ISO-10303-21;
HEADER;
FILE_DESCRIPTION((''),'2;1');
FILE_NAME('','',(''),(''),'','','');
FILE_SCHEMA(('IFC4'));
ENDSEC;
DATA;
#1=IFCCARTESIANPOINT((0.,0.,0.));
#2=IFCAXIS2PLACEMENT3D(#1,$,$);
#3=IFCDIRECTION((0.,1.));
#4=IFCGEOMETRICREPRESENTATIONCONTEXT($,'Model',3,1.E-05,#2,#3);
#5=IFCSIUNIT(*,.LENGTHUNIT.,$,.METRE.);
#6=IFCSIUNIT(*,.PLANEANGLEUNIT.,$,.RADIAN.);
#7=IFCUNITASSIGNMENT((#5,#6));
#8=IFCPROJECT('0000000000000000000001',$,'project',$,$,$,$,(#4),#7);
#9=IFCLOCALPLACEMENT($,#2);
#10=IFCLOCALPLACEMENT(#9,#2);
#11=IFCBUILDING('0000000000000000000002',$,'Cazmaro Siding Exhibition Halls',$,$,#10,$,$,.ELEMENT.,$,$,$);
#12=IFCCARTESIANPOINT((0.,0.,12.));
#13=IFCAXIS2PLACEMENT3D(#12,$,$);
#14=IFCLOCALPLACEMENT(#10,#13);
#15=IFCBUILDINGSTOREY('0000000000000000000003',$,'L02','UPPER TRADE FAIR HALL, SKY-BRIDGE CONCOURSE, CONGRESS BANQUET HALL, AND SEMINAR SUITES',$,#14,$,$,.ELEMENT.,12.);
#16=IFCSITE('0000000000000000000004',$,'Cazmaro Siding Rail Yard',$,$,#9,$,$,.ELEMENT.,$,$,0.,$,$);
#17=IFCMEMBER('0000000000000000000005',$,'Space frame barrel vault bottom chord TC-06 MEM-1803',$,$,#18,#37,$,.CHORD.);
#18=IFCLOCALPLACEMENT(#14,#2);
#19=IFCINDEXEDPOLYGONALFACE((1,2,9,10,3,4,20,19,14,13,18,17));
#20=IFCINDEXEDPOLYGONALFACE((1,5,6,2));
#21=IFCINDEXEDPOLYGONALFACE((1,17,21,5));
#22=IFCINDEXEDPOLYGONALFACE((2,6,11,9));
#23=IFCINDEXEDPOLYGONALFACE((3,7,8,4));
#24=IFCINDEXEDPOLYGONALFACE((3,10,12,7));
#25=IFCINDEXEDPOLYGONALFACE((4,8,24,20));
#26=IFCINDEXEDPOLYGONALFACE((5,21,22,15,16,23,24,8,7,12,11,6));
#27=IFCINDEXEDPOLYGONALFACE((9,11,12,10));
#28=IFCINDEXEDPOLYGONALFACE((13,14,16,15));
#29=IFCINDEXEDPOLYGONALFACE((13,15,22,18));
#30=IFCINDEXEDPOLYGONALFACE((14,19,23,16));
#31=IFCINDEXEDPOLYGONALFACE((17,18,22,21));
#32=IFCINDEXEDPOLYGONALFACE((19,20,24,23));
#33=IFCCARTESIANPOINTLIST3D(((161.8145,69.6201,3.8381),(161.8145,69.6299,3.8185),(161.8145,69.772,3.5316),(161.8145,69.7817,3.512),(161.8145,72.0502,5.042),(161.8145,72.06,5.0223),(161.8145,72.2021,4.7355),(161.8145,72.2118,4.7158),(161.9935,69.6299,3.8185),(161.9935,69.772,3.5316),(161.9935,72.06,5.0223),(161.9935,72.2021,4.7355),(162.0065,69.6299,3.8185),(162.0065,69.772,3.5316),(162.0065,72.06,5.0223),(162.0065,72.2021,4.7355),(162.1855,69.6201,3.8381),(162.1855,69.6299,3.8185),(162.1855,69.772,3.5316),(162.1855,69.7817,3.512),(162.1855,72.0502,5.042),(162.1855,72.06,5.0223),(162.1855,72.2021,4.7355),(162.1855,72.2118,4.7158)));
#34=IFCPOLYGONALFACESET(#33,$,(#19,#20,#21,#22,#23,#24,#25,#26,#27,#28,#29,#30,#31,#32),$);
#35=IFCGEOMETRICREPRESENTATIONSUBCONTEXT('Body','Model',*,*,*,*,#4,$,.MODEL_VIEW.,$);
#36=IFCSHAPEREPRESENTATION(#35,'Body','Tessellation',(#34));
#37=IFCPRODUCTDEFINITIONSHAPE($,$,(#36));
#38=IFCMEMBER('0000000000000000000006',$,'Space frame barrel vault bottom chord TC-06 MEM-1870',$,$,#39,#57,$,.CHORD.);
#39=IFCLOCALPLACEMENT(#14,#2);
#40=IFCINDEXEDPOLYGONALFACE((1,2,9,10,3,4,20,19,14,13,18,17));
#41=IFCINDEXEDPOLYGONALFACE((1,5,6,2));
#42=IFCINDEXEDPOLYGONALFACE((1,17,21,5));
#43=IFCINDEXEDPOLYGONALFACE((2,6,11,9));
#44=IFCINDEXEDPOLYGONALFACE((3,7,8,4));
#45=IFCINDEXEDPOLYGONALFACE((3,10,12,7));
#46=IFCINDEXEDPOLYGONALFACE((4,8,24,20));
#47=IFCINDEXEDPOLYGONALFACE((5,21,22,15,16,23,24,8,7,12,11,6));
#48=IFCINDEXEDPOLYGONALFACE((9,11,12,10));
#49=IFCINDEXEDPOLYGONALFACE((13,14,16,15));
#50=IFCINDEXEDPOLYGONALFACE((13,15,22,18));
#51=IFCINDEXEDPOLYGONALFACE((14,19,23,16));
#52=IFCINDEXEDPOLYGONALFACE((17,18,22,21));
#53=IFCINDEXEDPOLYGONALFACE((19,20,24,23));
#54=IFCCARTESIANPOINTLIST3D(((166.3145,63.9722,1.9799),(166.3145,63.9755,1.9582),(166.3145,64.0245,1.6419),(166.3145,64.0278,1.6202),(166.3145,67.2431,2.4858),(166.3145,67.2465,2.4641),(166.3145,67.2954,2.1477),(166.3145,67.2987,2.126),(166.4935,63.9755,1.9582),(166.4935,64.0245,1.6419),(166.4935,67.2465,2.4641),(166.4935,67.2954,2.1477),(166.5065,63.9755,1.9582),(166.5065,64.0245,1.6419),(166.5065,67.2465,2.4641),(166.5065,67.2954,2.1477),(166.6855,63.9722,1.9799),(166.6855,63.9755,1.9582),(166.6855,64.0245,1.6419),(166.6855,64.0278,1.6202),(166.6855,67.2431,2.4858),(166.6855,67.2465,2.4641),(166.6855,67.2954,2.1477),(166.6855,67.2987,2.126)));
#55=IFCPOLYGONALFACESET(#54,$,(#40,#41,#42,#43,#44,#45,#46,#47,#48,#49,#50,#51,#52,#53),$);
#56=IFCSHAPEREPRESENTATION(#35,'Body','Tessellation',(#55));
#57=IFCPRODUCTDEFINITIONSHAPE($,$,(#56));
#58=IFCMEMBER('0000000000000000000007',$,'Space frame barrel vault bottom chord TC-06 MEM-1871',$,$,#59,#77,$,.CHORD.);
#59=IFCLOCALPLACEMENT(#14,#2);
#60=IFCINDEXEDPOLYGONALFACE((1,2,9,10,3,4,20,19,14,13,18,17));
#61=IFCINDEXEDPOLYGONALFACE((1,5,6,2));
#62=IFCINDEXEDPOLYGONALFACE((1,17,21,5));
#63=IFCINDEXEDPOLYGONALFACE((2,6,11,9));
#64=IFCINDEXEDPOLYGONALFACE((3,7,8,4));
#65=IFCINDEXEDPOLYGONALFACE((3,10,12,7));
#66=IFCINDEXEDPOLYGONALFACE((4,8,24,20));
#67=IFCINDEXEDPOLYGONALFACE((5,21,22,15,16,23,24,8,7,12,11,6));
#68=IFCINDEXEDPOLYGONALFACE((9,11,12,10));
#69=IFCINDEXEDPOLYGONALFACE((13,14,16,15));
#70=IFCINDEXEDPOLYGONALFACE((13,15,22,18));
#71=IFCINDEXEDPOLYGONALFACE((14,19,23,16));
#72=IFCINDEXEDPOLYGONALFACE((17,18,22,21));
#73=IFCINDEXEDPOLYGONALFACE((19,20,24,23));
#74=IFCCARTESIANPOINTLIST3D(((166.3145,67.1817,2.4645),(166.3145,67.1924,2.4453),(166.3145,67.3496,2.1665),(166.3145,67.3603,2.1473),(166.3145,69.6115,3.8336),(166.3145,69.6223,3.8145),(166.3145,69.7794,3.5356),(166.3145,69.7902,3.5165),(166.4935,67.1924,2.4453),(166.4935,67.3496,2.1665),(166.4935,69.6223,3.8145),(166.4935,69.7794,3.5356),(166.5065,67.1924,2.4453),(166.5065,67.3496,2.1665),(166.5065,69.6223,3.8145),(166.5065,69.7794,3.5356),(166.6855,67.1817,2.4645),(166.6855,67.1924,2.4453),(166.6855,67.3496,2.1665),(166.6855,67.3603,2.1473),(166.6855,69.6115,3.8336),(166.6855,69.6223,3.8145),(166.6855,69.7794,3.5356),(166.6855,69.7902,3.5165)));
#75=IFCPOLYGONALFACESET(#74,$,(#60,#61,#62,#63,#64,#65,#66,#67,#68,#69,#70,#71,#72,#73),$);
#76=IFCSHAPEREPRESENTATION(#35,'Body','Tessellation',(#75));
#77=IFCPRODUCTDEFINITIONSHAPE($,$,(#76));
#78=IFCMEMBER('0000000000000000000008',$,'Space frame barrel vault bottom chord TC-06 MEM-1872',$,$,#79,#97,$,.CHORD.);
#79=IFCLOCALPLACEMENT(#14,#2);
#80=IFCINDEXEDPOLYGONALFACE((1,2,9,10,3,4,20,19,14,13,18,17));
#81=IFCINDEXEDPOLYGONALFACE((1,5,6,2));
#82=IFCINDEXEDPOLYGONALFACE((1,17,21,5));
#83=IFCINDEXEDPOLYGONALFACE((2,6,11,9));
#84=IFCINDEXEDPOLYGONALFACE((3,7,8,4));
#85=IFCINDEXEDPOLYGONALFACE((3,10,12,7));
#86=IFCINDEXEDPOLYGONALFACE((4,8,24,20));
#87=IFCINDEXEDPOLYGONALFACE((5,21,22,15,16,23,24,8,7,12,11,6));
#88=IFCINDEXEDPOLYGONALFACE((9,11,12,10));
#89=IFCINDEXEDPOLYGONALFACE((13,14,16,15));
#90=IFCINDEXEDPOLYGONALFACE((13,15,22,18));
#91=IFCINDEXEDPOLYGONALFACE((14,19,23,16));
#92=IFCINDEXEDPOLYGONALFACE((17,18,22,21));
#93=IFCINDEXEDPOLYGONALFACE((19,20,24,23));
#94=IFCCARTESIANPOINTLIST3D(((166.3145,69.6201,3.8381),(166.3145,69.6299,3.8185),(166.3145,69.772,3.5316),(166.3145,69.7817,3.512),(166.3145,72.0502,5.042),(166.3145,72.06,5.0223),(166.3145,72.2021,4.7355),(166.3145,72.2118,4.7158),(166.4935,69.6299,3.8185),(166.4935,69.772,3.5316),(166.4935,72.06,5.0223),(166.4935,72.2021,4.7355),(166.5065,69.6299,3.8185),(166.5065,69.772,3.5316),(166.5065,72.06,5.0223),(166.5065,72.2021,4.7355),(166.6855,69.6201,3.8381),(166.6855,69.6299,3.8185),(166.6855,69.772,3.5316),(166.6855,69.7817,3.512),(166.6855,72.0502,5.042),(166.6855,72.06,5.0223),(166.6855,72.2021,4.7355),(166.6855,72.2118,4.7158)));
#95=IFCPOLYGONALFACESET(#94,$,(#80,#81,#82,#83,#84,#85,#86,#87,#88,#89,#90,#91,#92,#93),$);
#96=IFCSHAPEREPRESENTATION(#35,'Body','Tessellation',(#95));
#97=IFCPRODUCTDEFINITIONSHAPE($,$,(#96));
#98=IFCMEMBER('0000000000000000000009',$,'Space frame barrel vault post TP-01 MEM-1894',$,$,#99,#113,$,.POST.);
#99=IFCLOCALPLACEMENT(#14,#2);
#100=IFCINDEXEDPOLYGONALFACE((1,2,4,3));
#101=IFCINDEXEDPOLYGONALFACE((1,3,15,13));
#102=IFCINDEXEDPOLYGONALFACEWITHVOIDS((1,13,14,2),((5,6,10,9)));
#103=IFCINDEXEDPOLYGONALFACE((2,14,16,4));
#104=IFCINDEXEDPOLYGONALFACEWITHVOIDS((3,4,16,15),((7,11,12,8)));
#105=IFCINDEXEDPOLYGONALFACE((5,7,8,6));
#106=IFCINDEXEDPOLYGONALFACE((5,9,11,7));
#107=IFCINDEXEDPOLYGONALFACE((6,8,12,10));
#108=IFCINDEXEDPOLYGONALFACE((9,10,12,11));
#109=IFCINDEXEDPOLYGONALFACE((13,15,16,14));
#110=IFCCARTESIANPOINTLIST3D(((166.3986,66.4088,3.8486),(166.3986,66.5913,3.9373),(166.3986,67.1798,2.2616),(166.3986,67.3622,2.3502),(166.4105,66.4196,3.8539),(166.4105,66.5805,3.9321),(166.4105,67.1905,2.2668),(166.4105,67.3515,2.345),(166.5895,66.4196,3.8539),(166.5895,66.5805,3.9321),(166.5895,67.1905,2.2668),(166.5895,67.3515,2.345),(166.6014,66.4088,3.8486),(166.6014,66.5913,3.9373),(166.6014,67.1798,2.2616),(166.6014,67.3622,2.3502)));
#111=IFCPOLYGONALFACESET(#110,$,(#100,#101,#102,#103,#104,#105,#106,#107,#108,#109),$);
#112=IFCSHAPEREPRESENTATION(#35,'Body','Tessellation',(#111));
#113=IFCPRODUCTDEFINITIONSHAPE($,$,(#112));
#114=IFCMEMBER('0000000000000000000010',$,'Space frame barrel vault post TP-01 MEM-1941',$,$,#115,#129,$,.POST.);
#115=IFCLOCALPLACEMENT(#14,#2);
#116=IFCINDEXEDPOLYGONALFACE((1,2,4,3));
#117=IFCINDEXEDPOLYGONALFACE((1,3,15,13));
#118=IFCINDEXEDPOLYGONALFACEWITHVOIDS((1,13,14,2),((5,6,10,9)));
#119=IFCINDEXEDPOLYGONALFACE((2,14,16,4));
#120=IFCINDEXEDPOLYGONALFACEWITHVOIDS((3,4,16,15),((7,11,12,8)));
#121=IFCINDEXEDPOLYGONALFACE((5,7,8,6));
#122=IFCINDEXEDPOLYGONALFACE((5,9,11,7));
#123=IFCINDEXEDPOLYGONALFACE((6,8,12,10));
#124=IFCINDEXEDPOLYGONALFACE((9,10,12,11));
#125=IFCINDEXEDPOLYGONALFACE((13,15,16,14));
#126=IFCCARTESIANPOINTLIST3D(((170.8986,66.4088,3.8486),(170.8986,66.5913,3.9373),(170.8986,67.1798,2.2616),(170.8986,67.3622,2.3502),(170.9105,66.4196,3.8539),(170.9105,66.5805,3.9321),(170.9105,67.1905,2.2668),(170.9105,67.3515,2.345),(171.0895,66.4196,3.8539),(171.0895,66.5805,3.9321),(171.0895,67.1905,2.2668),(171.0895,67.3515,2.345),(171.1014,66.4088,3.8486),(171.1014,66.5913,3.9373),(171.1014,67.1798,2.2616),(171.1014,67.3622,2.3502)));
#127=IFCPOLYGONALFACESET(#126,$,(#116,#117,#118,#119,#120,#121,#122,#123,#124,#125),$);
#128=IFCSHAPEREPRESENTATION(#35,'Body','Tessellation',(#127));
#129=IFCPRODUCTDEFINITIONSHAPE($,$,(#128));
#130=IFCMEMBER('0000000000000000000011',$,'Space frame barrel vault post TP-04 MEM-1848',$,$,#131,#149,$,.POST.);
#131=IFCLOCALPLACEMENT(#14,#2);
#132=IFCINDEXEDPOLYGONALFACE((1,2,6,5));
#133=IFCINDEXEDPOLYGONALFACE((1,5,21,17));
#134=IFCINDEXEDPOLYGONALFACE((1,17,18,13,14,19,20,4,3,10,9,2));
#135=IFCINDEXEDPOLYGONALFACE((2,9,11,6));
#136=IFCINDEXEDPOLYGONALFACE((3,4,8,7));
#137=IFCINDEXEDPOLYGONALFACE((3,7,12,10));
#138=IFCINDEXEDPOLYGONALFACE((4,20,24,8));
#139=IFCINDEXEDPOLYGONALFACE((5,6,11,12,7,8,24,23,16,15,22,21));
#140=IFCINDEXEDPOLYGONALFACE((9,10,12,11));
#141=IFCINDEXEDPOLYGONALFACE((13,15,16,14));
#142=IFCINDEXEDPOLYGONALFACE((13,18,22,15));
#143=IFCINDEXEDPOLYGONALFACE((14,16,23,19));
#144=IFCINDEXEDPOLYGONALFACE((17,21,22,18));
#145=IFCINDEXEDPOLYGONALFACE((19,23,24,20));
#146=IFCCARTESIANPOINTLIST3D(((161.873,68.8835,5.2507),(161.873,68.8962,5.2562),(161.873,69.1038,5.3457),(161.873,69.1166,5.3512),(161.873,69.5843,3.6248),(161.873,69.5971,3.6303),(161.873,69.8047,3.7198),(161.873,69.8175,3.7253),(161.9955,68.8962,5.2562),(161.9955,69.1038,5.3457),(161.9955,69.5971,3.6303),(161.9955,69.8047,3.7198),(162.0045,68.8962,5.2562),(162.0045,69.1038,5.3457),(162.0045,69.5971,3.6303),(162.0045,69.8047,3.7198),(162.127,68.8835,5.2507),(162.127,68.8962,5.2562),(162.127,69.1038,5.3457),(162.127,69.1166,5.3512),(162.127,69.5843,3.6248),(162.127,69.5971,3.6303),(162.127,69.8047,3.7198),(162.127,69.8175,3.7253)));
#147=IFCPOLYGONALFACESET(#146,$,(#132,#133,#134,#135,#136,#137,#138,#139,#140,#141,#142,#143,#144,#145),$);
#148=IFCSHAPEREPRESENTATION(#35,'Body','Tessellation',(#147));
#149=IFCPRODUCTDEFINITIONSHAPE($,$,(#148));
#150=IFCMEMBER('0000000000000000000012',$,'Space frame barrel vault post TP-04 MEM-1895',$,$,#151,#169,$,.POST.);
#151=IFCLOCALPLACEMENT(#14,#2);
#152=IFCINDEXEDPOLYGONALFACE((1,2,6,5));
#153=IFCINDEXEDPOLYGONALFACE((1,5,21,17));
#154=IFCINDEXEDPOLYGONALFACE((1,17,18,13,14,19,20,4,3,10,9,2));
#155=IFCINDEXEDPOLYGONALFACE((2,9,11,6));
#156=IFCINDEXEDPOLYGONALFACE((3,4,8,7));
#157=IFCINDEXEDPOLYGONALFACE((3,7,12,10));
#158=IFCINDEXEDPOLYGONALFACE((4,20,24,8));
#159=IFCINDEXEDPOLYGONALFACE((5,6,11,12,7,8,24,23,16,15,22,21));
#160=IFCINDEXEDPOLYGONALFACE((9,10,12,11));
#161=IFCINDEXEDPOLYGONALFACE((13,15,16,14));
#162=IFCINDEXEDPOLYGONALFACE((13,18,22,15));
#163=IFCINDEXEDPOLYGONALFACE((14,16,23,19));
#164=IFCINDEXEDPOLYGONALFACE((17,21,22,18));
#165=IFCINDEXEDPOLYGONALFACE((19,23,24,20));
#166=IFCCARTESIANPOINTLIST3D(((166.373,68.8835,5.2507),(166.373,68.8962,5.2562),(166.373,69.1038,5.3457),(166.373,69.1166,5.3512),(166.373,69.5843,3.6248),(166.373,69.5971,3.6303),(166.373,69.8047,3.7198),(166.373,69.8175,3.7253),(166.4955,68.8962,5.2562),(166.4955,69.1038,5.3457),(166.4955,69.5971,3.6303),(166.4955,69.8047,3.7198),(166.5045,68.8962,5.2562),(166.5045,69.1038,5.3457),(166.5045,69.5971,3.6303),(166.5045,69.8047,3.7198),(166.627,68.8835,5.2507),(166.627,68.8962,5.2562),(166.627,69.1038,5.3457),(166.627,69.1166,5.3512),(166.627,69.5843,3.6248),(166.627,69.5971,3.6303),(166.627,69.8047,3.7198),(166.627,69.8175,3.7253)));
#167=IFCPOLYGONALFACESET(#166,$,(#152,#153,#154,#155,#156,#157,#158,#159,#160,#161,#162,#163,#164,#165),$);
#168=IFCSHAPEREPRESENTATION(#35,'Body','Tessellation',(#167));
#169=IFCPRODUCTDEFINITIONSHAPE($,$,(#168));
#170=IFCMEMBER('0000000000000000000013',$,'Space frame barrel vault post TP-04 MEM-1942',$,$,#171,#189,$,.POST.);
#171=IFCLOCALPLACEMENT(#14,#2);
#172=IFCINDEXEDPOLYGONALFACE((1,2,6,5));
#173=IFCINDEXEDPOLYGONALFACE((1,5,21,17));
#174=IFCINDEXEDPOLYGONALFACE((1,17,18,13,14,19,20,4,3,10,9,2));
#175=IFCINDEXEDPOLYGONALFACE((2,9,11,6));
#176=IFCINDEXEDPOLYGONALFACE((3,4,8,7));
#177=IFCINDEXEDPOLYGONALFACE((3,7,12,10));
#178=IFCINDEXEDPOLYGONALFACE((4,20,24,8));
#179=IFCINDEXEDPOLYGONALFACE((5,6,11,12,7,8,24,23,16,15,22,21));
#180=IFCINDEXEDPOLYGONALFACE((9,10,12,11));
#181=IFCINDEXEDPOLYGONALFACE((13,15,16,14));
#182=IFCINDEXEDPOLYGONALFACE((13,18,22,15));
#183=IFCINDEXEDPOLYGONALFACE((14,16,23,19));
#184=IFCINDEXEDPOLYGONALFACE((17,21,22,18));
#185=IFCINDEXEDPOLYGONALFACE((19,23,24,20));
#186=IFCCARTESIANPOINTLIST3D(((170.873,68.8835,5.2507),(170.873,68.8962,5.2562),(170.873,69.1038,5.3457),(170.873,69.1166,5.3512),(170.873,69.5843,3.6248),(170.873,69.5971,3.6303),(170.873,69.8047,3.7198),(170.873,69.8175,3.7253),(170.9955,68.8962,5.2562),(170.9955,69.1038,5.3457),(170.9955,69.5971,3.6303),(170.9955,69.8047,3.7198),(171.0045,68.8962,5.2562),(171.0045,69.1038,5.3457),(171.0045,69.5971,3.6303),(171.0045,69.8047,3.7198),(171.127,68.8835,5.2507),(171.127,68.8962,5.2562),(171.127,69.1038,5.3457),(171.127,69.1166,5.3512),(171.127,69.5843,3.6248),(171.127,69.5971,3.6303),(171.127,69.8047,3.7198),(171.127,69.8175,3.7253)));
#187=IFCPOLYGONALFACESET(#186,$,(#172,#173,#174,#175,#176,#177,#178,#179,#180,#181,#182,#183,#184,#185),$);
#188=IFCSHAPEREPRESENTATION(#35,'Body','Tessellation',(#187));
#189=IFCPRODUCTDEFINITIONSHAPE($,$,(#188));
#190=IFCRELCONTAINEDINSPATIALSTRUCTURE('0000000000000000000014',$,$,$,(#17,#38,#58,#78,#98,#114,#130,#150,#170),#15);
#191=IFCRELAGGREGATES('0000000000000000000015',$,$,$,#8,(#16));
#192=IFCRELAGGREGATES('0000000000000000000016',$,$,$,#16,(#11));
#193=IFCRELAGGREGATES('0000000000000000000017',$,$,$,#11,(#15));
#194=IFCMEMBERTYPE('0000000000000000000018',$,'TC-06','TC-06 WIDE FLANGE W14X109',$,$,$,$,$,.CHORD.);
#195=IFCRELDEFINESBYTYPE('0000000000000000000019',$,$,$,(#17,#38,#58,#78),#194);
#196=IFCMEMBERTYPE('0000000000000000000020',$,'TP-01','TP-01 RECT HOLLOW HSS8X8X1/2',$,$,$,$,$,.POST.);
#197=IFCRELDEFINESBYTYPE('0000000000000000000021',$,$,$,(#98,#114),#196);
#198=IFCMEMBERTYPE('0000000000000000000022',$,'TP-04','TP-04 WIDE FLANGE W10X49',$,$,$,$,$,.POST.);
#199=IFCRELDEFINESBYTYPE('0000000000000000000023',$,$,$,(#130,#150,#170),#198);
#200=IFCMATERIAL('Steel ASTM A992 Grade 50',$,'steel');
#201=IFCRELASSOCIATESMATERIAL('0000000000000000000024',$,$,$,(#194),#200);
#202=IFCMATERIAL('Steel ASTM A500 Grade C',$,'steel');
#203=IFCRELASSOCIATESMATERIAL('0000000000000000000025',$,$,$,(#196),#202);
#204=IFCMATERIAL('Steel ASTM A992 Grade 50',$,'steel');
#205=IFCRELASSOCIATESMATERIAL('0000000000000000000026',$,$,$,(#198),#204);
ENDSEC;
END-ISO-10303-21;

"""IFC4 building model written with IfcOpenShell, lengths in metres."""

from ifc_helpers import new_model, si_unit, direction, frame, origin, origin_2d, place, context, subcontext, project, spatial, hollow_rectangle, i_section, extrude, material, material_profile, profile_set, type_object, element, save


model = new_model("IFC4")

# Units and contexts
model_context = context("Model", 3, precision=1e-05, world=origin(), true_north=direction((0.0, 1.0)))
body_context = subcontext(model_context, "Body", "Model", "MODEL_VIEW")
ifc_project = project(units=[si_unit("LENGTHUNIT", "METRE"), si_unit("PLANEANGLEUNIT", "RADIAN")], contexts=[model_context])

# Site, building, storey
site_placement = place(None, origin())
site = spatial("IfcSite", under=ifc_project, at=site_placement, Name="Cazmaro Siding Rail Yard", CompositionType="ELEMENT", RefElevation=0.0)
building_placement = place(site_placement, origin())
building = spatial("IfcBuilding", under=site, at=building_placement, Name="Cazmaro Siding Exhibition Halls", CompositionType="ELEMENT")
storey_placement = place(building_placement, frame((0.0, 0.0, 12.0)))
storey = spatial("IfcBuildingStorey", under=building, at=storey_placement, Name="L02", Description="UPPER TRADE FAIR HALL, SKY-BRIDGE CONCOURSE, CONGRESS BANQUET HALL, AND SEMINAR SUITES", CompositionType="ELEMENT", Elevation=12.0)

# Members
ifc_material_1 = material(Name="Steel ASTM A992 Grade 50", Category="steel")
ifc_material_profile_1 = material_profile(ifc_material_1, i_section(OverallWidth=0.3711, OverallDepth=0.364, WebThickness=0.0129, FlangeThickness=0.022, at=origin_2d()), Name="W14X109")
ifc_profile_set_1 = profile_set([ifc_material_profile_1], Name="Steel ASTM A992 Grade 50")
member_type_1 = type_object("IfcMemberType", Name="TC-06", Description="TC-06 WIDE FLANGE W14X109", PredefinedType="CHORD", material=ifc_profile_set_1)
member_1_placement = place(storey_placement, frame((162.0, 69.7009, 3.675), z_axis=(0.0, 0.896077, 0.443898), x_axis=(-1.0, 0.0, 0.0)))
element("IfcMember", 1, at=member_1_placement, inside=storey, type_object=member_type_1, Name="Space frame barrel vault bottom chord TC-06 MEM-1803", PredefinedType="CHORD", context=body_context, shape_type="SweptSolid", body=[
    extrude(i_section(OverallWidth=0.3711, OverallDepth=0.364, WebThickness=0.0129, FlangeThickness=0.022, at=origin_2d()), origin(), (0.0, 0.0, 1.0), 2.7119),
])
member_2_placement = place(storey_placement, frame((166.5, 64.0, 1.8), z_axis=(0.0, 0.988252, 0.152833), x_axis=(-1.0, 0.0, 0.0)))
element("IfcMember", 2, at=member_2_placement, inside=storey, type_object=member_type_1, Name="Space frame barrel vault bottom chord TC-06 MEM-1870", PredefinedType="CHORD", context=body_context, shape_type="SweptSolid", body=[
    extrude(i_section(OverallWidth=0.3711, OverallDepth=0.364, WebThickness=0.0129, FlangeThickness=0.022, at=origin_2d()), origin(), (0.0, 0.0, 1.0), 3.3098),
])
member_3_placement = place(storey_placement, frame((166.5, 67.271, 2.3059), z_axis=(0.0, 0.871222, 0.490889), x_axis=(-1.0, 0.0, 0.0)))
element("IfcMember", 3, at=member_3_placement, inside=storey, type_object=member_type_1, Name="Space frame barrel vault bottom chord TC-06 MEM-1871", PredefinedType="CHORD", context=body_context, shape_type="SweptSolid", body=[
    extrude(i_section(OverallWidth=0.3711, OverallDepth=0.364, WebThickness=0.0129, FlangeThickness=0.022, at=origin_2d()), origin(), (0.0, 0.0, 1.0), 2.7891),
])
member_4_placement = place(storey_placement, frame((166.5, 69.7009, 3.675), z_axis=(0.0, 0.896077, 0.443898), x_axis=(-1.0, 0.0, 0.0)))
element("IfcMember", 4, at=member_4_placement, inside=storey, type_object=member_type_1, Name="Space frame barrel vault bottom chord TC-06 MEM-1872", PredefinedType="CHORD", context=body_context, shape_type="SweptSolid", body=[
    extrude(i_section(OverallWidth=0.3711, OverallDepth=0.364, WebThickness=0.0129, FlangeThickness=0.022, at=origin_2d()), origin(), (0.0, 0.0, 1.0), 2.7119),
])
ifc_material_2 = material(Name="Steel ASTM A500 Grade C", Category="steel")
ifc_material_profile_2 = material_profile(ifc_material_2, hollow_rectangle(XDim=0.2029, YDim=0.2029, WallThickness=0.012, at=origin_2d()), Name="HSS8X8X1/2")
ifc_profile_set_2 = profile_set([ifc_material_profile_2], Name="Steel ASTM A500 Grade C")
member_type_2 = type_object("IfcMemberType", Name="TP-01", Description="TP-01 RECT HOLLOW HSS8X8X1/2", PredefinedType="POST", material=ifc_profile_set_2)
for number, where, z_axis, x_axis, name in (
    (5, (166.5, 67.271, 2.3059), (0.0, -0.436946, 0.899488), (1.0, 0.0, 0.0), "Space frame barrel vault post TP-01 MEM-1894"),
    (6, (171.0, 67.271, 2.3059), (0.0, -0.436946, 0.899488), (1.0, 0.0, 0.0), "Space frame barrel vault post TP-01 MEM-1941"),
):
    element("IfcMember", number, at=place(storey_placement, frame(where, z_axis=z_axis, x_axis=x_axis)), inside=storey, type_object=member_type_2, Name=name, PredefinedType="POST", context=body_context, shape_type="SweptSolid", body=[
        extrude(hollow_rectangle(XDim=0.2029, YDim=0.2029, WallThickness=0.012, at=origin_2d()), origin(), (0.0, 0.0, 1.0), 1.7644),
    ])
ifc_material_3 = material(Name="Steel ASTM A992 Grade 50", Category="steel")
ifc_material_profile_3 = material_profile(ifc_material_3, i_section(OverallWidth=0.2539, OverallDepth=0.2539, WebThickness=0.009, FlangeThickness=0.0139, at=origin_2d()), Name="W10X49")
ifc_profile_set_3 = profile_set([ifc_material_profile_3], Name="Steel ASTM A992 Grade 50")
member_type_3 = type_object("IfcMemberType", Name="TP-04", Description="TP-04 WIDE FLANGE W10X49", PredefinedType="POST", material=ifc_profile_set_3)
for number, where, z_axis, x_axis, name in (
    (7, (162.0, 69.7009, 3.675), (0.0, -0.395865, 0.918309), (1.0, 0.0, 0.0), "Space frame barrel vault post TP-04 MEM-1848"),
    (8, (166.5, 69.7009, 3.675), (0.0, -0.395865, 0.918309), (1.0, 0.0, 0.0), "Space frame barrel vault post TP-04 MEM-1895"),
    (9, (171.0, 69.7009, 3.675), (0.0, -0.395865, 0.918309), (1.0, 0.0, 0.0), "Space frame barrel vault post TP-04 MEM-1942"),
):
    element("IfcMember", number, at=place(storey_placement, frame(where, z_axis=z_axis, x_axis=x_axis)), inside=storey, type_object=member_type_3, Name=name, PredefinedType="POST", context=body_context, shape_type="SweptSolid", body=[
        extrude(i_section(OverallWidth=0.2539, OverallDepth=0.2539, WebThickness=0.009, FlangeThickness=0.0139, at=origin_2d()), origin(), (0.0, 0.0, 1.0), 1.7705),
    ])

save(model, "model.ifc")
